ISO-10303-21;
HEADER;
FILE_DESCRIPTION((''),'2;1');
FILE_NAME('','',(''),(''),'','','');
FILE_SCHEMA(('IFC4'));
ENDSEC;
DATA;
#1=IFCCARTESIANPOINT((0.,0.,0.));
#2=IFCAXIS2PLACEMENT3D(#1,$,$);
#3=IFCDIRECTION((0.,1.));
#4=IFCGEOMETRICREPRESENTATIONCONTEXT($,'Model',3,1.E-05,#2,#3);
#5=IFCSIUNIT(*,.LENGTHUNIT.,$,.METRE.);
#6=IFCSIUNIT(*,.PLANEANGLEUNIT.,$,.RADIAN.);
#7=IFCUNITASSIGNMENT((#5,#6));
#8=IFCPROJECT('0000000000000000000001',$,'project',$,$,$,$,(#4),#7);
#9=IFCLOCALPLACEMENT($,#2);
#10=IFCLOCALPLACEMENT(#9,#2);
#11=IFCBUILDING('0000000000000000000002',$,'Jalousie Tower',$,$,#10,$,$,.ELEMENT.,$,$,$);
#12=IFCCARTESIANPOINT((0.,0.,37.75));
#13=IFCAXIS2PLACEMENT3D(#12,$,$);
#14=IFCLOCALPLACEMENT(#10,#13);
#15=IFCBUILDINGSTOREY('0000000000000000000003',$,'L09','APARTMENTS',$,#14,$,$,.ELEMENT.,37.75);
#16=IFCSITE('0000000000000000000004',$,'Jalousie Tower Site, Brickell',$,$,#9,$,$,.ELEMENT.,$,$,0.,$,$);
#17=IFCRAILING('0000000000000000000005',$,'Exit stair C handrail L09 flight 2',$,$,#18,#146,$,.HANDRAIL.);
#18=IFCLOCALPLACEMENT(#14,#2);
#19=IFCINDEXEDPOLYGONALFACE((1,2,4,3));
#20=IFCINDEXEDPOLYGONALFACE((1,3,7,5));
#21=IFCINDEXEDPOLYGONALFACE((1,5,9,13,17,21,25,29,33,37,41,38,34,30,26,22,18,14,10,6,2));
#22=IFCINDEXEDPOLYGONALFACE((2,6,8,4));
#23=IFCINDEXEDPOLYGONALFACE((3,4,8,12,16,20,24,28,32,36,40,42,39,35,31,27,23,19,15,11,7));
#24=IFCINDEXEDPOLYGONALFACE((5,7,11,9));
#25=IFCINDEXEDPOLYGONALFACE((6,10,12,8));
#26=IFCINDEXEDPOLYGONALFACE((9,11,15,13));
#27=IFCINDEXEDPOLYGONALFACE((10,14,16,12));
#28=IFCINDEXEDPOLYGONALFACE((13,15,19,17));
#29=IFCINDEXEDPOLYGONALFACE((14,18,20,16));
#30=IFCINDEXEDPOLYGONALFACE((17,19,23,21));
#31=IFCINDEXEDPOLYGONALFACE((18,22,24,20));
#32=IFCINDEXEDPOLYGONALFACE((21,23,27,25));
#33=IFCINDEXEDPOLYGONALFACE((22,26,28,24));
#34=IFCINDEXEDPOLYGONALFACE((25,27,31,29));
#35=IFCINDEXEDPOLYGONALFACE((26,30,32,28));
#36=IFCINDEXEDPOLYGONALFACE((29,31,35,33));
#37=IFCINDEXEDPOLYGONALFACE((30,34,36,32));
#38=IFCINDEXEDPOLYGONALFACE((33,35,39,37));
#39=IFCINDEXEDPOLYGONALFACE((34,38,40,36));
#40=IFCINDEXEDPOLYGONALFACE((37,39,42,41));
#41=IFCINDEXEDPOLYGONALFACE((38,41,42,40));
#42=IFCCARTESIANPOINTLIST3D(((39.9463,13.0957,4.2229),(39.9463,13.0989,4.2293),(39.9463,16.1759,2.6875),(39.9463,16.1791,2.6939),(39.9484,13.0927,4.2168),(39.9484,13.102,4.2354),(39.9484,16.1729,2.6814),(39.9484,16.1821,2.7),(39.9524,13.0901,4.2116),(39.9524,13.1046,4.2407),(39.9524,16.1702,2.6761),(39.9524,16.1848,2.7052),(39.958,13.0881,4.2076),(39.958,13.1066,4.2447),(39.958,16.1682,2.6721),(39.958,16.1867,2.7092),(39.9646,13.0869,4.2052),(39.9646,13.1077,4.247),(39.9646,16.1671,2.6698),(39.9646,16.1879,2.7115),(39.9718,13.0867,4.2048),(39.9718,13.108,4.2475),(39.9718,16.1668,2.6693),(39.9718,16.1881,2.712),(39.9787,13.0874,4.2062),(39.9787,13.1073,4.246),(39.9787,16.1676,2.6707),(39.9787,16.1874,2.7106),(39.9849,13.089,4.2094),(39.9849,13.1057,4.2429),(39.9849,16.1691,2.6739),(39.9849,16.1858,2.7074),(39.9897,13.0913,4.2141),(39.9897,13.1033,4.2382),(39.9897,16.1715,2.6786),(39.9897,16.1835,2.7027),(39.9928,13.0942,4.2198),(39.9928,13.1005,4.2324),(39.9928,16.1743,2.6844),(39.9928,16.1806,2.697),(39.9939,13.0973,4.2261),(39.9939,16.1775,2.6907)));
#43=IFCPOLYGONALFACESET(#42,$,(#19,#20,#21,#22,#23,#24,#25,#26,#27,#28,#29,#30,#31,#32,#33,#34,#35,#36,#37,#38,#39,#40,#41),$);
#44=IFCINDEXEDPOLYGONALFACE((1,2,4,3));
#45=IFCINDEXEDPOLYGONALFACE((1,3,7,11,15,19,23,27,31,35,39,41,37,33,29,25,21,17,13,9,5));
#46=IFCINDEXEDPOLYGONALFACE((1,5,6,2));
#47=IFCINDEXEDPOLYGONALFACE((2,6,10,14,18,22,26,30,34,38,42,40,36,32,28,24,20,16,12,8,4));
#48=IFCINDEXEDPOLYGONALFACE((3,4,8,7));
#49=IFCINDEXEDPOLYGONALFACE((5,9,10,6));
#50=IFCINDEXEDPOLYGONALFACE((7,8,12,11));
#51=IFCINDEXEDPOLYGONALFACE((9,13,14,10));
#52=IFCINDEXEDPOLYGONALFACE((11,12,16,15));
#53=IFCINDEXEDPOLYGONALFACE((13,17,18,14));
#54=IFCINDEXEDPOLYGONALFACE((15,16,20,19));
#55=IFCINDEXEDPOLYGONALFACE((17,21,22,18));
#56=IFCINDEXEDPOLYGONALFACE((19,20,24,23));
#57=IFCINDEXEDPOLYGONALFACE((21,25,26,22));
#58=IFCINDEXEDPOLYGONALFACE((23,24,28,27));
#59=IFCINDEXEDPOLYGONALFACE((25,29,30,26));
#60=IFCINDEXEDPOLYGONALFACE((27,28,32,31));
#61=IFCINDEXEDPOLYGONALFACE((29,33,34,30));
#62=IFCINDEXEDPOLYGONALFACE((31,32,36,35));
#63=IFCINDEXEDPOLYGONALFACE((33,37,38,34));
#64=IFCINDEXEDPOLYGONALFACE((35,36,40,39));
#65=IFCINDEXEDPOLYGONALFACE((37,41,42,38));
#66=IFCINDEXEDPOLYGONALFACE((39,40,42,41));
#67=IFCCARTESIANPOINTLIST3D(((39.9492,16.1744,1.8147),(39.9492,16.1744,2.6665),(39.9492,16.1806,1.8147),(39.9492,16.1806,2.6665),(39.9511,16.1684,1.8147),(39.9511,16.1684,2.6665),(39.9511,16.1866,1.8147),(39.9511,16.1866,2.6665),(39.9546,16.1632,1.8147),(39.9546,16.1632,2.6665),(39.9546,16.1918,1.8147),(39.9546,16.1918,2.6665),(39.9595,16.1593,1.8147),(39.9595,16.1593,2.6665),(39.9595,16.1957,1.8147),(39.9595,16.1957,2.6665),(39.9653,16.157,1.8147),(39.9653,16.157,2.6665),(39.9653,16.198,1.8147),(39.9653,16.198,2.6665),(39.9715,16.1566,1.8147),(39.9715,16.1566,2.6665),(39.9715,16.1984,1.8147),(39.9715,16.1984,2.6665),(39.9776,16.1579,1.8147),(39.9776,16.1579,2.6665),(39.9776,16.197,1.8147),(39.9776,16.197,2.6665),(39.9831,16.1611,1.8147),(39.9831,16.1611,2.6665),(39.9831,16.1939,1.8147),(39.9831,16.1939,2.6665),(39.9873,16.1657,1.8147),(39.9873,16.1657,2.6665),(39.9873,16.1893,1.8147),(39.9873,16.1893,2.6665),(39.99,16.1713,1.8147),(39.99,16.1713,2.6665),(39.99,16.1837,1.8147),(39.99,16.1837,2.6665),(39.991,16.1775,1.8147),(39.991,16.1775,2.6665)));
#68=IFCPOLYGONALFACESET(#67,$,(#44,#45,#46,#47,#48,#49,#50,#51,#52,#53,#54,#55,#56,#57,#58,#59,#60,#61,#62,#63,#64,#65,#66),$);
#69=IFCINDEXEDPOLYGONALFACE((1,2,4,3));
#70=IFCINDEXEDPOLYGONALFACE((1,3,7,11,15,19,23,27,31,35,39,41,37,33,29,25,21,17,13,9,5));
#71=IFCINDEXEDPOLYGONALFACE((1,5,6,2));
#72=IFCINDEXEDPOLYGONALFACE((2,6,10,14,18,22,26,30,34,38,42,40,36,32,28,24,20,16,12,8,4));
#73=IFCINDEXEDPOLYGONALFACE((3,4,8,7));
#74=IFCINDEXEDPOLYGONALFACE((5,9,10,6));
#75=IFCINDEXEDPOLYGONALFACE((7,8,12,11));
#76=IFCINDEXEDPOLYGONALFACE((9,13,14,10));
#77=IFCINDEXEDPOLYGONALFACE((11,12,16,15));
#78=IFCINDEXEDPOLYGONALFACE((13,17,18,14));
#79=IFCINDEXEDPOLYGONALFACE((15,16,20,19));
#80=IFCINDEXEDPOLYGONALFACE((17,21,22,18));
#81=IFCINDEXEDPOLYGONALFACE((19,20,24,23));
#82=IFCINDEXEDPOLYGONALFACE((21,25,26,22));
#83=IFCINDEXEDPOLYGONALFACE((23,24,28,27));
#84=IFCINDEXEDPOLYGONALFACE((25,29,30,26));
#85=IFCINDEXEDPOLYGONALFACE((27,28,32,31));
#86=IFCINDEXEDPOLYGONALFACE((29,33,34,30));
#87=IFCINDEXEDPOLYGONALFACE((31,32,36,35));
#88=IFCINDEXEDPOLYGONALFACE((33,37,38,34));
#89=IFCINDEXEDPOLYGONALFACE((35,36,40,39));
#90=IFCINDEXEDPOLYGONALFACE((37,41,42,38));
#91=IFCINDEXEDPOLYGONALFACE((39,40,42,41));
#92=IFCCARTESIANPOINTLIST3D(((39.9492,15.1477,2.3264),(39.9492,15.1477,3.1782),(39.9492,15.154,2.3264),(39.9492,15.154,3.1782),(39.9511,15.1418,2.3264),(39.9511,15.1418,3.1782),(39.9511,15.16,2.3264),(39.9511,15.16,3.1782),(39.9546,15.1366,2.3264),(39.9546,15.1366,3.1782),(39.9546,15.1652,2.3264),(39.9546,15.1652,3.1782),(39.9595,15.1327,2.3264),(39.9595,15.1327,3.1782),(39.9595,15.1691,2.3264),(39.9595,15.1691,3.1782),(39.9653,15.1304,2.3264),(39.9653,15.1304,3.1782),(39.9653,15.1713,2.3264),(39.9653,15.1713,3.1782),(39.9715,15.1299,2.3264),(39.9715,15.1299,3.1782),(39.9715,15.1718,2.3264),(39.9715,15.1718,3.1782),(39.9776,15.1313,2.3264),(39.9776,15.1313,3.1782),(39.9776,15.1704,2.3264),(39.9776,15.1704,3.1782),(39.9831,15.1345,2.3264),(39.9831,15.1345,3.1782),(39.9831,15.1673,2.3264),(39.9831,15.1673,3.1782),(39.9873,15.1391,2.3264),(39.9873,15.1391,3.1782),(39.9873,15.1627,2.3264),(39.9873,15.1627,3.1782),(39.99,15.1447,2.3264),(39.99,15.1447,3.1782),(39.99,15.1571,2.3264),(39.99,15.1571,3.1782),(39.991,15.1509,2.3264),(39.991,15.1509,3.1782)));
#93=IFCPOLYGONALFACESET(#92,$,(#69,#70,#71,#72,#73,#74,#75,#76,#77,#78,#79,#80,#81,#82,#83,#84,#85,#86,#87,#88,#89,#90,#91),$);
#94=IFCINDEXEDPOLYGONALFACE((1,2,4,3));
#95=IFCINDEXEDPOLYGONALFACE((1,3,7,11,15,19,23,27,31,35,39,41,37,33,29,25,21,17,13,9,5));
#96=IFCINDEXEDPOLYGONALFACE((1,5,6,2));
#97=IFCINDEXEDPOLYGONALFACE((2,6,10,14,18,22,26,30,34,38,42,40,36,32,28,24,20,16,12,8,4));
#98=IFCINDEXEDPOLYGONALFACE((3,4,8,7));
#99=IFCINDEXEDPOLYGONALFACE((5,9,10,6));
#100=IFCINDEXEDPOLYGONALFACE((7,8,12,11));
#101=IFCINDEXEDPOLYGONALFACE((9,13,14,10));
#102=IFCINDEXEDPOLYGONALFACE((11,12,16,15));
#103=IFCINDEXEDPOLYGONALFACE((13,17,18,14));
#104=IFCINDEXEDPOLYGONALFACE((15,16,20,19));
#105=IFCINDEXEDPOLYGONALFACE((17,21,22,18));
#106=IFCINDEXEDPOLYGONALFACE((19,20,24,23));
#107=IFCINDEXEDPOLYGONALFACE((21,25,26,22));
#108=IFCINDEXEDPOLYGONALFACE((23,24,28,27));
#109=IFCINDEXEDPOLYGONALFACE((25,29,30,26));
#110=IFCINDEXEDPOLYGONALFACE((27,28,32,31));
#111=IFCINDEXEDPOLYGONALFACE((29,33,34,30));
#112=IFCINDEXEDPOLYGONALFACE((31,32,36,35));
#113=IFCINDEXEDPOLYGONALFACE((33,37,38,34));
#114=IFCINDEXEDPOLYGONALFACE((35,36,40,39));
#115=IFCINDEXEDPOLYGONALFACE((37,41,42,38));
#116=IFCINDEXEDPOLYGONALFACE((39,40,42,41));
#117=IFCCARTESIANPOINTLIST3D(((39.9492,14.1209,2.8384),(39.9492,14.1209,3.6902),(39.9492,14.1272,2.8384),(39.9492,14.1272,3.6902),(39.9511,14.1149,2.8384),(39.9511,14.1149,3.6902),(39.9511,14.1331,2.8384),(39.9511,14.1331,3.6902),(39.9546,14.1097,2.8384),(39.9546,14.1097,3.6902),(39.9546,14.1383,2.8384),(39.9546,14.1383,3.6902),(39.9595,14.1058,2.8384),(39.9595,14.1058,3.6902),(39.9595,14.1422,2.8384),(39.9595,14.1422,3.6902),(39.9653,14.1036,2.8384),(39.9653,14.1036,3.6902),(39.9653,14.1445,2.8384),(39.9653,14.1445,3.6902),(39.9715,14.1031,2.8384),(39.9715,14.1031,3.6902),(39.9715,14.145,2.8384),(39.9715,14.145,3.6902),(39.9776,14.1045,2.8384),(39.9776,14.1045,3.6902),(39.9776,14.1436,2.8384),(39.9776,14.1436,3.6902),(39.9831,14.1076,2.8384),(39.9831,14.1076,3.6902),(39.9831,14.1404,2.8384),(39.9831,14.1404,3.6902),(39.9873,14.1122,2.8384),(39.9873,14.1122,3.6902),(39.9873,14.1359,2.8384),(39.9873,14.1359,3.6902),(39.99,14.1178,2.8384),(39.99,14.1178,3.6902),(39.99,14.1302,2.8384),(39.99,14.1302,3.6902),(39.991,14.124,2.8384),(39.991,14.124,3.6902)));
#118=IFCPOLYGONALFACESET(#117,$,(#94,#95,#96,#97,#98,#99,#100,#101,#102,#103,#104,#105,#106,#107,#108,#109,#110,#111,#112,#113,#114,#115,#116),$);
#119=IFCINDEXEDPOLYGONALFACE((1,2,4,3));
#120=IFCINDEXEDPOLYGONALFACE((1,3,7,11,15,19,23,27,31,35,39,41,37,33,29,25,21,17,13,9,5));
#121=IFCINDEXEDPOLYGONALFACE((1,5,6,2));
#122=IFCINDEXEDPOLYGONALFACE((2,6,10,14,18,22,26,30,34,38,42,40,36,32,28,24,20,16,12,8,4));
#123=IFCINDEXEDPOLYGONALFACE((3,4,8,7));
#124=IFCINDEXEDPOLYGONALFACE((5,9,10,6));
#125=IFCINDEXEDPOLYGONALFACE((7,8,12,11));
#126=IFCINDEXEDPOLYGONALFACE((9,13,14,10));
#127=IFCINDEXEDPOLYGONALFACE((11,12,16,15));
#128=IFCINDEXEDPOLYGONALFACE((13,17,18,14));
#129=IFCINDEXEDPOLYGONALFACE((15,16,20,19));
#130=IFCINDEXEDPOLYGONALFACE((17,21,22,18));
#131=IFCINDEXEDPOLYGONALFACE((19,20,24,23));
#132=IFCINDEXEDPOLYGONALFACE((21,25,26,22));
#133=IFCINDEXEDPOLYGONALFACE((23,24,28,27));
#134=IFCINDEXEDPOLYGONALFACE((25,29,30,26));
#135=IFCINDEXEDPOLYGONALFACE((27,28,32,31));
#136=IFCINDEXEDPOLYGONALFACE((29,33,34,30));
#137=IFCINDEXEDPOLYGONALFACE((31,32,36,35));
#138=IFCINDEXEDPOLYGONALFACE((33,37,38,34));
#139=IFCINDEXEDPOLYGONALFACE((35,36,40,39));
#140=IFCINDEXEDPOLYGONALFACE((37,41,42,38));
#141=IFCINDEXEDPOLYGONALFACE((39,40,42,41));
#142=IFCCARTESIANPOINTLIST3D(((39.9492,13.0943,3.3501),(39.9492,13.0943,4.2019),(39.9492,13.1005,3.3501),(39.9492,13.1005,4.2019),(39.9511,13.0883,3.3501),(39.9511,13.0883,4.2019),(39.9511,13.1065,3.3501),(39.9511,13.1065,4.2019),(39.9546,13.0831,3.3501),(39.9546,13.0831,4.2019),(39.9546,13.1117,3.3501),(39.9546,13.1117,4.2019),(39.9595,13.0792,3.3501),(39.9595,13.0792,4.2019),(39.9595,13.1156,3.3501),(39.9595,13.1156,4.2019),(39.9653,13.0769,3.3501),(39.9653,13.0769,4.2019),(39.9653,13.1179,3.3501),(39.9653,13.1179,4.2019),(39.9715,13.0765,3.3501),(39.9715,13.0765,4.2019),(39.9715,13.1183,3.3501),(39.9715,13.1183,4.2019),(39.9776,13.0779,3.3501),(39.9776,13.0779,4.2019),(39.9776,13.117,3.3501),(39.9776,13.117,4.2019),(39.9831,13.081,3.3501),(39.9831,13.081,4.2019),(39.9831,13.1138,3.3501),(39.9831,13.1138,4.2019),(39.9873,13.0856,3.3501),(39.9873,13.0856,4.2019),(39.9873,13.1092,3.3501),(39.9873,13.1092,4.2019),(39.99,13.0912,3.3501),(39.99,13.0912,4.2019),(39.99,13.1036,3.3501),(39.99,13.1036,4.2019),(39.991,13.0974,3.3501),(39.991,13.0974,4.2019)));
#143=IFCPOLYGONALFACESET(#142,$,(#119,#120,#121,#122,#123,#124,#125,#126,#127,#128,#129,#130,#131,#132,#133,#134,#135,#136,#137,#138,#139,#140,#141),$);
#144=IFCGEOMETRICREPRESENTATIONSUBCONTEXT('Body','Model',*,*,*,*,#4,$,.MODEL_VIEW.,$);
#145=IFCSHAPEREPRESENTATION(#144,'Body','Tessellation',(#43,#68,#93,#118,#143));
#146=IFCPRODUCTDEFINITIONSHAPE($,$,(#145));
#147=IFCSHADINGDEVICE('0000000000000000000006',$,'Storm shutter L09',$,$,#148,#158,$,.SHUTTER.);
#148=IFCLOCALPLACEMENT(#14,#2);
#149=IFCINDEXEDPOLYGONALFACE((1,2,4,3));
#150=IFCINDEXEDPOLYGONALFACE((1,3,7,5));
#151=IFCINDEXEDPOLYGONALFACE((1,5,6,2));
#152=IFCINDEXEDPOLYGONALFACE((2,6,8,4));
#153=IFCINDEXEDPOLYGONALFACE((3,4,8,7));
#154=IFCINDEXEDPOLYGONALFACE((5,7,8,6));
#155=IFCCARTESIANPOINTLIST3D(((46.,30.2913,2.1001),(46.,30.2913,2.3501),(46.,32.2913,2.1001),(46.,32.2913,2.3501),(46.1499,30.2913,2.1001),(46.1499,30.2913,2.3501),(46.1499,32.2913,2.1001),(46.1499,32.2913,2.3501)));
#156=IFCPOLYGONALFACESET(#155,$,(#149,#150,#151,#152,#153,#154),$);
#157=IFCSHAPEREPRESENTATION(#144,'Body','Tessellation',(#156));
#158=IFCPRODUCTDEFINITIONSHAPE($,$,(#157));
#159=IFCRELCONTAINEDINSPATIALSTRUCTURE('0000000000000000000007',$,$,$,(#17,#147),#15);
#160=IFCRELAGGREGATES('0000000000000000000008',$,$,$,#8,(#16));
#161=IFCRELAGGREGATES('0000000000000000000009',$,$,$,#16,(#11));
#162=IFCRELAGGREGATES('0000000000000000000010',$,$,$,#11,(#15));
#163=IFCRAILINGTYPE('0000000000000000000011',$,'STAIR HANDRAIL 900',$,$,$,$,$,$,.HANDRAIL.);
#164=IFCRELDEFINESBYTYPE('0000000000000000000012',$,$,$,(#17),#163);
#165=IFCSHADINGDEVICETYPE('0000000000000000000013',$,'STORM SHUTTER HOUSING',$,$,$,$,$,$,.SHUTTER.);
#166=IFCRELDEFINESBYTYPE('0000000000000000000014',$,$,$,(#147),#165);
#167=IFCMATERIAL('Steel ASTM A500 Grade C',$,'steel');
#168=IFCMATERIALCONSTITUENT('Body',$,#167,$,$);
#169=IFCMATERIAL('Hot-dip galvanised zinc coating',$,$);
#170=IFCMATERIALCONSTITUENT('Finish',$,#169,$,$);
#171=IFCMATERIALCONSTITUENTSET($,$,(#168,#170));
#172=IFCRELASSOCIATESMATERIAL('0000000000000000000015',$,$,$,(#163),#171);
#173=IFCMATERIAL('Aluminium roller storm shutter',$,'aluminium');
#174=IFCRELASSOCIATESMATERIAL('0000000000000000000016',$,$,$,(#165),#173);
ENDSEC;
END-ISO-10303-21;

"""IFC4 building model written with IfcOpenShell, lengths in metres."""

from ifc_helpers import new_model, si_unit, direction, frame, origin, origin_2d, place, context, subcontext, project, spatial, rectangle, circle, extrude, material, constituent, constituent_set, type_object, element, save


model = new_model("IFC4")

# Units and contexts
model_context = context("Model", 3, precision=1e-05, world=origin(), true_north=direction((0.0, 1.0)))
body_context = subcontext(model_context, "Body", "Model", "MODEL_VIEW")
ifc_project = project(units=[si_unit("LENGTHUNIT", "METRE"), si_unit("PLANEANGLEUNIT", "RADIAN")], contexts=[model_context])

# Site, building, storey
site_placement = place(None, origin())
site = spatial("IfcSite", under=ifc_project, at=site_placement, Name="Jalousie Tower Site, Brickell", CompositionType="ELEMENT", RefElevation=0.0)
building_placement = place(site_placement, origin())
building = spatial("IfcBuilding", under=site, at=building_placement, Name="Jalousie Tower", CompositionType="ELEMENT")
storey_placement = place(building_placement, frame((0.0, 0.0, 37.75)))
storey = spatial("IfcBuildingStorey", under=building, at=storey_placement, Name="L09", Description="APARTMENTS", CompositionType="ELEMENT", Elevation=37.75)

# Railing
ifc_material_1 = material(Name="Steel ASTM A500 Grade C", Category="steel")
ifc_constituent_1 = constituent(ifc_material_1, Name="Body")
ifc_material_2 = material(Name="Hot-dip galvanised zinc coating")
ifc_constituent_2 = constituent(ifc_material_2, Name="Finish")
ifc_constituent_set_1 = constituent_set(constituents=[ifc_constituent_1, ifc_constituent_2])
railing_type_1 = type_object("IfcRailingType", Name="STAIR HANDRAIL 900", PredefinedType="HANDRAIL", material=ifc_constituent_set_1)
railing_1_placement = place(storey_placement, frame((39.97, 16.1775, 1.8147)))
element("IfcRailing", 1, at=railing_1_placement, inside=storey, type_object=railing_type_1, Name="Exit stair C handrail L09 flight 2", PredefinedType="HANDRAIL", context=body_context, shape_type="SweptSolid", body=[
    extrude(circle(Radius=0.0239, at=origin_2d()), frame((0.0, 0.0, 0.876), z_axis=(0.0, -0.894966, 0.446135), x_axis=(1.0, 0.0, 0.0)), (0.0, 0.0, 1.0), 3.4417),
    extrude(circle(Radius=0.021, at=origin_2d()), origin(), (0.0, 0.0, 1.0), 0.8518),
    extrude(circle(Radius=0.021, at=origin_2d()), frame((0.0, -1.0266, 0.5117)), (0.0, 0.0, 1.0), 0.8518),
    extrude(circle(Radius=0.021, at=origin_2d()), frame((0.0, -2.0535, 1.0237)), (0.0, 0.0, 1.0), 0.8518),
    extrude(circle(Radius=0.021, at=origin_2d()), frame((0.0, -3.0801, 1.5354)), (0.0, 0.0, 1.0), 0.8518),
])

# Shading device
ifc_material_3 = material(Name="Aluminium roller storm shutter", Category="aluminium")
shading_device_type = type_object("IfcShadingDeviceType", Name="STORM SHUTTER HOUSING", PredefinedType="SHUTTER", material=ifc_material_3)
shading_device_placement = place(storey_placement, frame((46.075, 31.2913, 2.1001), z_axis=(0.0, 0.0, 1.0), x_axis=(0.0, 1.0, 0.0)))
element("IfcShadingDevice", 2, at=shading_device_placement, inside=storey, type_object=shading_device_type, Name="Storm shutter L09", PredefinedType="SHUTTER", context=body_context, shape_type="SweptSolid", body=[
    extrude(rectangle(XDim=2.0, YDim=0.1499, at=origin_2d()), origin(), (0.0, 0.0, 1.0), 0.25),
])

save(model, "model.ifc")
